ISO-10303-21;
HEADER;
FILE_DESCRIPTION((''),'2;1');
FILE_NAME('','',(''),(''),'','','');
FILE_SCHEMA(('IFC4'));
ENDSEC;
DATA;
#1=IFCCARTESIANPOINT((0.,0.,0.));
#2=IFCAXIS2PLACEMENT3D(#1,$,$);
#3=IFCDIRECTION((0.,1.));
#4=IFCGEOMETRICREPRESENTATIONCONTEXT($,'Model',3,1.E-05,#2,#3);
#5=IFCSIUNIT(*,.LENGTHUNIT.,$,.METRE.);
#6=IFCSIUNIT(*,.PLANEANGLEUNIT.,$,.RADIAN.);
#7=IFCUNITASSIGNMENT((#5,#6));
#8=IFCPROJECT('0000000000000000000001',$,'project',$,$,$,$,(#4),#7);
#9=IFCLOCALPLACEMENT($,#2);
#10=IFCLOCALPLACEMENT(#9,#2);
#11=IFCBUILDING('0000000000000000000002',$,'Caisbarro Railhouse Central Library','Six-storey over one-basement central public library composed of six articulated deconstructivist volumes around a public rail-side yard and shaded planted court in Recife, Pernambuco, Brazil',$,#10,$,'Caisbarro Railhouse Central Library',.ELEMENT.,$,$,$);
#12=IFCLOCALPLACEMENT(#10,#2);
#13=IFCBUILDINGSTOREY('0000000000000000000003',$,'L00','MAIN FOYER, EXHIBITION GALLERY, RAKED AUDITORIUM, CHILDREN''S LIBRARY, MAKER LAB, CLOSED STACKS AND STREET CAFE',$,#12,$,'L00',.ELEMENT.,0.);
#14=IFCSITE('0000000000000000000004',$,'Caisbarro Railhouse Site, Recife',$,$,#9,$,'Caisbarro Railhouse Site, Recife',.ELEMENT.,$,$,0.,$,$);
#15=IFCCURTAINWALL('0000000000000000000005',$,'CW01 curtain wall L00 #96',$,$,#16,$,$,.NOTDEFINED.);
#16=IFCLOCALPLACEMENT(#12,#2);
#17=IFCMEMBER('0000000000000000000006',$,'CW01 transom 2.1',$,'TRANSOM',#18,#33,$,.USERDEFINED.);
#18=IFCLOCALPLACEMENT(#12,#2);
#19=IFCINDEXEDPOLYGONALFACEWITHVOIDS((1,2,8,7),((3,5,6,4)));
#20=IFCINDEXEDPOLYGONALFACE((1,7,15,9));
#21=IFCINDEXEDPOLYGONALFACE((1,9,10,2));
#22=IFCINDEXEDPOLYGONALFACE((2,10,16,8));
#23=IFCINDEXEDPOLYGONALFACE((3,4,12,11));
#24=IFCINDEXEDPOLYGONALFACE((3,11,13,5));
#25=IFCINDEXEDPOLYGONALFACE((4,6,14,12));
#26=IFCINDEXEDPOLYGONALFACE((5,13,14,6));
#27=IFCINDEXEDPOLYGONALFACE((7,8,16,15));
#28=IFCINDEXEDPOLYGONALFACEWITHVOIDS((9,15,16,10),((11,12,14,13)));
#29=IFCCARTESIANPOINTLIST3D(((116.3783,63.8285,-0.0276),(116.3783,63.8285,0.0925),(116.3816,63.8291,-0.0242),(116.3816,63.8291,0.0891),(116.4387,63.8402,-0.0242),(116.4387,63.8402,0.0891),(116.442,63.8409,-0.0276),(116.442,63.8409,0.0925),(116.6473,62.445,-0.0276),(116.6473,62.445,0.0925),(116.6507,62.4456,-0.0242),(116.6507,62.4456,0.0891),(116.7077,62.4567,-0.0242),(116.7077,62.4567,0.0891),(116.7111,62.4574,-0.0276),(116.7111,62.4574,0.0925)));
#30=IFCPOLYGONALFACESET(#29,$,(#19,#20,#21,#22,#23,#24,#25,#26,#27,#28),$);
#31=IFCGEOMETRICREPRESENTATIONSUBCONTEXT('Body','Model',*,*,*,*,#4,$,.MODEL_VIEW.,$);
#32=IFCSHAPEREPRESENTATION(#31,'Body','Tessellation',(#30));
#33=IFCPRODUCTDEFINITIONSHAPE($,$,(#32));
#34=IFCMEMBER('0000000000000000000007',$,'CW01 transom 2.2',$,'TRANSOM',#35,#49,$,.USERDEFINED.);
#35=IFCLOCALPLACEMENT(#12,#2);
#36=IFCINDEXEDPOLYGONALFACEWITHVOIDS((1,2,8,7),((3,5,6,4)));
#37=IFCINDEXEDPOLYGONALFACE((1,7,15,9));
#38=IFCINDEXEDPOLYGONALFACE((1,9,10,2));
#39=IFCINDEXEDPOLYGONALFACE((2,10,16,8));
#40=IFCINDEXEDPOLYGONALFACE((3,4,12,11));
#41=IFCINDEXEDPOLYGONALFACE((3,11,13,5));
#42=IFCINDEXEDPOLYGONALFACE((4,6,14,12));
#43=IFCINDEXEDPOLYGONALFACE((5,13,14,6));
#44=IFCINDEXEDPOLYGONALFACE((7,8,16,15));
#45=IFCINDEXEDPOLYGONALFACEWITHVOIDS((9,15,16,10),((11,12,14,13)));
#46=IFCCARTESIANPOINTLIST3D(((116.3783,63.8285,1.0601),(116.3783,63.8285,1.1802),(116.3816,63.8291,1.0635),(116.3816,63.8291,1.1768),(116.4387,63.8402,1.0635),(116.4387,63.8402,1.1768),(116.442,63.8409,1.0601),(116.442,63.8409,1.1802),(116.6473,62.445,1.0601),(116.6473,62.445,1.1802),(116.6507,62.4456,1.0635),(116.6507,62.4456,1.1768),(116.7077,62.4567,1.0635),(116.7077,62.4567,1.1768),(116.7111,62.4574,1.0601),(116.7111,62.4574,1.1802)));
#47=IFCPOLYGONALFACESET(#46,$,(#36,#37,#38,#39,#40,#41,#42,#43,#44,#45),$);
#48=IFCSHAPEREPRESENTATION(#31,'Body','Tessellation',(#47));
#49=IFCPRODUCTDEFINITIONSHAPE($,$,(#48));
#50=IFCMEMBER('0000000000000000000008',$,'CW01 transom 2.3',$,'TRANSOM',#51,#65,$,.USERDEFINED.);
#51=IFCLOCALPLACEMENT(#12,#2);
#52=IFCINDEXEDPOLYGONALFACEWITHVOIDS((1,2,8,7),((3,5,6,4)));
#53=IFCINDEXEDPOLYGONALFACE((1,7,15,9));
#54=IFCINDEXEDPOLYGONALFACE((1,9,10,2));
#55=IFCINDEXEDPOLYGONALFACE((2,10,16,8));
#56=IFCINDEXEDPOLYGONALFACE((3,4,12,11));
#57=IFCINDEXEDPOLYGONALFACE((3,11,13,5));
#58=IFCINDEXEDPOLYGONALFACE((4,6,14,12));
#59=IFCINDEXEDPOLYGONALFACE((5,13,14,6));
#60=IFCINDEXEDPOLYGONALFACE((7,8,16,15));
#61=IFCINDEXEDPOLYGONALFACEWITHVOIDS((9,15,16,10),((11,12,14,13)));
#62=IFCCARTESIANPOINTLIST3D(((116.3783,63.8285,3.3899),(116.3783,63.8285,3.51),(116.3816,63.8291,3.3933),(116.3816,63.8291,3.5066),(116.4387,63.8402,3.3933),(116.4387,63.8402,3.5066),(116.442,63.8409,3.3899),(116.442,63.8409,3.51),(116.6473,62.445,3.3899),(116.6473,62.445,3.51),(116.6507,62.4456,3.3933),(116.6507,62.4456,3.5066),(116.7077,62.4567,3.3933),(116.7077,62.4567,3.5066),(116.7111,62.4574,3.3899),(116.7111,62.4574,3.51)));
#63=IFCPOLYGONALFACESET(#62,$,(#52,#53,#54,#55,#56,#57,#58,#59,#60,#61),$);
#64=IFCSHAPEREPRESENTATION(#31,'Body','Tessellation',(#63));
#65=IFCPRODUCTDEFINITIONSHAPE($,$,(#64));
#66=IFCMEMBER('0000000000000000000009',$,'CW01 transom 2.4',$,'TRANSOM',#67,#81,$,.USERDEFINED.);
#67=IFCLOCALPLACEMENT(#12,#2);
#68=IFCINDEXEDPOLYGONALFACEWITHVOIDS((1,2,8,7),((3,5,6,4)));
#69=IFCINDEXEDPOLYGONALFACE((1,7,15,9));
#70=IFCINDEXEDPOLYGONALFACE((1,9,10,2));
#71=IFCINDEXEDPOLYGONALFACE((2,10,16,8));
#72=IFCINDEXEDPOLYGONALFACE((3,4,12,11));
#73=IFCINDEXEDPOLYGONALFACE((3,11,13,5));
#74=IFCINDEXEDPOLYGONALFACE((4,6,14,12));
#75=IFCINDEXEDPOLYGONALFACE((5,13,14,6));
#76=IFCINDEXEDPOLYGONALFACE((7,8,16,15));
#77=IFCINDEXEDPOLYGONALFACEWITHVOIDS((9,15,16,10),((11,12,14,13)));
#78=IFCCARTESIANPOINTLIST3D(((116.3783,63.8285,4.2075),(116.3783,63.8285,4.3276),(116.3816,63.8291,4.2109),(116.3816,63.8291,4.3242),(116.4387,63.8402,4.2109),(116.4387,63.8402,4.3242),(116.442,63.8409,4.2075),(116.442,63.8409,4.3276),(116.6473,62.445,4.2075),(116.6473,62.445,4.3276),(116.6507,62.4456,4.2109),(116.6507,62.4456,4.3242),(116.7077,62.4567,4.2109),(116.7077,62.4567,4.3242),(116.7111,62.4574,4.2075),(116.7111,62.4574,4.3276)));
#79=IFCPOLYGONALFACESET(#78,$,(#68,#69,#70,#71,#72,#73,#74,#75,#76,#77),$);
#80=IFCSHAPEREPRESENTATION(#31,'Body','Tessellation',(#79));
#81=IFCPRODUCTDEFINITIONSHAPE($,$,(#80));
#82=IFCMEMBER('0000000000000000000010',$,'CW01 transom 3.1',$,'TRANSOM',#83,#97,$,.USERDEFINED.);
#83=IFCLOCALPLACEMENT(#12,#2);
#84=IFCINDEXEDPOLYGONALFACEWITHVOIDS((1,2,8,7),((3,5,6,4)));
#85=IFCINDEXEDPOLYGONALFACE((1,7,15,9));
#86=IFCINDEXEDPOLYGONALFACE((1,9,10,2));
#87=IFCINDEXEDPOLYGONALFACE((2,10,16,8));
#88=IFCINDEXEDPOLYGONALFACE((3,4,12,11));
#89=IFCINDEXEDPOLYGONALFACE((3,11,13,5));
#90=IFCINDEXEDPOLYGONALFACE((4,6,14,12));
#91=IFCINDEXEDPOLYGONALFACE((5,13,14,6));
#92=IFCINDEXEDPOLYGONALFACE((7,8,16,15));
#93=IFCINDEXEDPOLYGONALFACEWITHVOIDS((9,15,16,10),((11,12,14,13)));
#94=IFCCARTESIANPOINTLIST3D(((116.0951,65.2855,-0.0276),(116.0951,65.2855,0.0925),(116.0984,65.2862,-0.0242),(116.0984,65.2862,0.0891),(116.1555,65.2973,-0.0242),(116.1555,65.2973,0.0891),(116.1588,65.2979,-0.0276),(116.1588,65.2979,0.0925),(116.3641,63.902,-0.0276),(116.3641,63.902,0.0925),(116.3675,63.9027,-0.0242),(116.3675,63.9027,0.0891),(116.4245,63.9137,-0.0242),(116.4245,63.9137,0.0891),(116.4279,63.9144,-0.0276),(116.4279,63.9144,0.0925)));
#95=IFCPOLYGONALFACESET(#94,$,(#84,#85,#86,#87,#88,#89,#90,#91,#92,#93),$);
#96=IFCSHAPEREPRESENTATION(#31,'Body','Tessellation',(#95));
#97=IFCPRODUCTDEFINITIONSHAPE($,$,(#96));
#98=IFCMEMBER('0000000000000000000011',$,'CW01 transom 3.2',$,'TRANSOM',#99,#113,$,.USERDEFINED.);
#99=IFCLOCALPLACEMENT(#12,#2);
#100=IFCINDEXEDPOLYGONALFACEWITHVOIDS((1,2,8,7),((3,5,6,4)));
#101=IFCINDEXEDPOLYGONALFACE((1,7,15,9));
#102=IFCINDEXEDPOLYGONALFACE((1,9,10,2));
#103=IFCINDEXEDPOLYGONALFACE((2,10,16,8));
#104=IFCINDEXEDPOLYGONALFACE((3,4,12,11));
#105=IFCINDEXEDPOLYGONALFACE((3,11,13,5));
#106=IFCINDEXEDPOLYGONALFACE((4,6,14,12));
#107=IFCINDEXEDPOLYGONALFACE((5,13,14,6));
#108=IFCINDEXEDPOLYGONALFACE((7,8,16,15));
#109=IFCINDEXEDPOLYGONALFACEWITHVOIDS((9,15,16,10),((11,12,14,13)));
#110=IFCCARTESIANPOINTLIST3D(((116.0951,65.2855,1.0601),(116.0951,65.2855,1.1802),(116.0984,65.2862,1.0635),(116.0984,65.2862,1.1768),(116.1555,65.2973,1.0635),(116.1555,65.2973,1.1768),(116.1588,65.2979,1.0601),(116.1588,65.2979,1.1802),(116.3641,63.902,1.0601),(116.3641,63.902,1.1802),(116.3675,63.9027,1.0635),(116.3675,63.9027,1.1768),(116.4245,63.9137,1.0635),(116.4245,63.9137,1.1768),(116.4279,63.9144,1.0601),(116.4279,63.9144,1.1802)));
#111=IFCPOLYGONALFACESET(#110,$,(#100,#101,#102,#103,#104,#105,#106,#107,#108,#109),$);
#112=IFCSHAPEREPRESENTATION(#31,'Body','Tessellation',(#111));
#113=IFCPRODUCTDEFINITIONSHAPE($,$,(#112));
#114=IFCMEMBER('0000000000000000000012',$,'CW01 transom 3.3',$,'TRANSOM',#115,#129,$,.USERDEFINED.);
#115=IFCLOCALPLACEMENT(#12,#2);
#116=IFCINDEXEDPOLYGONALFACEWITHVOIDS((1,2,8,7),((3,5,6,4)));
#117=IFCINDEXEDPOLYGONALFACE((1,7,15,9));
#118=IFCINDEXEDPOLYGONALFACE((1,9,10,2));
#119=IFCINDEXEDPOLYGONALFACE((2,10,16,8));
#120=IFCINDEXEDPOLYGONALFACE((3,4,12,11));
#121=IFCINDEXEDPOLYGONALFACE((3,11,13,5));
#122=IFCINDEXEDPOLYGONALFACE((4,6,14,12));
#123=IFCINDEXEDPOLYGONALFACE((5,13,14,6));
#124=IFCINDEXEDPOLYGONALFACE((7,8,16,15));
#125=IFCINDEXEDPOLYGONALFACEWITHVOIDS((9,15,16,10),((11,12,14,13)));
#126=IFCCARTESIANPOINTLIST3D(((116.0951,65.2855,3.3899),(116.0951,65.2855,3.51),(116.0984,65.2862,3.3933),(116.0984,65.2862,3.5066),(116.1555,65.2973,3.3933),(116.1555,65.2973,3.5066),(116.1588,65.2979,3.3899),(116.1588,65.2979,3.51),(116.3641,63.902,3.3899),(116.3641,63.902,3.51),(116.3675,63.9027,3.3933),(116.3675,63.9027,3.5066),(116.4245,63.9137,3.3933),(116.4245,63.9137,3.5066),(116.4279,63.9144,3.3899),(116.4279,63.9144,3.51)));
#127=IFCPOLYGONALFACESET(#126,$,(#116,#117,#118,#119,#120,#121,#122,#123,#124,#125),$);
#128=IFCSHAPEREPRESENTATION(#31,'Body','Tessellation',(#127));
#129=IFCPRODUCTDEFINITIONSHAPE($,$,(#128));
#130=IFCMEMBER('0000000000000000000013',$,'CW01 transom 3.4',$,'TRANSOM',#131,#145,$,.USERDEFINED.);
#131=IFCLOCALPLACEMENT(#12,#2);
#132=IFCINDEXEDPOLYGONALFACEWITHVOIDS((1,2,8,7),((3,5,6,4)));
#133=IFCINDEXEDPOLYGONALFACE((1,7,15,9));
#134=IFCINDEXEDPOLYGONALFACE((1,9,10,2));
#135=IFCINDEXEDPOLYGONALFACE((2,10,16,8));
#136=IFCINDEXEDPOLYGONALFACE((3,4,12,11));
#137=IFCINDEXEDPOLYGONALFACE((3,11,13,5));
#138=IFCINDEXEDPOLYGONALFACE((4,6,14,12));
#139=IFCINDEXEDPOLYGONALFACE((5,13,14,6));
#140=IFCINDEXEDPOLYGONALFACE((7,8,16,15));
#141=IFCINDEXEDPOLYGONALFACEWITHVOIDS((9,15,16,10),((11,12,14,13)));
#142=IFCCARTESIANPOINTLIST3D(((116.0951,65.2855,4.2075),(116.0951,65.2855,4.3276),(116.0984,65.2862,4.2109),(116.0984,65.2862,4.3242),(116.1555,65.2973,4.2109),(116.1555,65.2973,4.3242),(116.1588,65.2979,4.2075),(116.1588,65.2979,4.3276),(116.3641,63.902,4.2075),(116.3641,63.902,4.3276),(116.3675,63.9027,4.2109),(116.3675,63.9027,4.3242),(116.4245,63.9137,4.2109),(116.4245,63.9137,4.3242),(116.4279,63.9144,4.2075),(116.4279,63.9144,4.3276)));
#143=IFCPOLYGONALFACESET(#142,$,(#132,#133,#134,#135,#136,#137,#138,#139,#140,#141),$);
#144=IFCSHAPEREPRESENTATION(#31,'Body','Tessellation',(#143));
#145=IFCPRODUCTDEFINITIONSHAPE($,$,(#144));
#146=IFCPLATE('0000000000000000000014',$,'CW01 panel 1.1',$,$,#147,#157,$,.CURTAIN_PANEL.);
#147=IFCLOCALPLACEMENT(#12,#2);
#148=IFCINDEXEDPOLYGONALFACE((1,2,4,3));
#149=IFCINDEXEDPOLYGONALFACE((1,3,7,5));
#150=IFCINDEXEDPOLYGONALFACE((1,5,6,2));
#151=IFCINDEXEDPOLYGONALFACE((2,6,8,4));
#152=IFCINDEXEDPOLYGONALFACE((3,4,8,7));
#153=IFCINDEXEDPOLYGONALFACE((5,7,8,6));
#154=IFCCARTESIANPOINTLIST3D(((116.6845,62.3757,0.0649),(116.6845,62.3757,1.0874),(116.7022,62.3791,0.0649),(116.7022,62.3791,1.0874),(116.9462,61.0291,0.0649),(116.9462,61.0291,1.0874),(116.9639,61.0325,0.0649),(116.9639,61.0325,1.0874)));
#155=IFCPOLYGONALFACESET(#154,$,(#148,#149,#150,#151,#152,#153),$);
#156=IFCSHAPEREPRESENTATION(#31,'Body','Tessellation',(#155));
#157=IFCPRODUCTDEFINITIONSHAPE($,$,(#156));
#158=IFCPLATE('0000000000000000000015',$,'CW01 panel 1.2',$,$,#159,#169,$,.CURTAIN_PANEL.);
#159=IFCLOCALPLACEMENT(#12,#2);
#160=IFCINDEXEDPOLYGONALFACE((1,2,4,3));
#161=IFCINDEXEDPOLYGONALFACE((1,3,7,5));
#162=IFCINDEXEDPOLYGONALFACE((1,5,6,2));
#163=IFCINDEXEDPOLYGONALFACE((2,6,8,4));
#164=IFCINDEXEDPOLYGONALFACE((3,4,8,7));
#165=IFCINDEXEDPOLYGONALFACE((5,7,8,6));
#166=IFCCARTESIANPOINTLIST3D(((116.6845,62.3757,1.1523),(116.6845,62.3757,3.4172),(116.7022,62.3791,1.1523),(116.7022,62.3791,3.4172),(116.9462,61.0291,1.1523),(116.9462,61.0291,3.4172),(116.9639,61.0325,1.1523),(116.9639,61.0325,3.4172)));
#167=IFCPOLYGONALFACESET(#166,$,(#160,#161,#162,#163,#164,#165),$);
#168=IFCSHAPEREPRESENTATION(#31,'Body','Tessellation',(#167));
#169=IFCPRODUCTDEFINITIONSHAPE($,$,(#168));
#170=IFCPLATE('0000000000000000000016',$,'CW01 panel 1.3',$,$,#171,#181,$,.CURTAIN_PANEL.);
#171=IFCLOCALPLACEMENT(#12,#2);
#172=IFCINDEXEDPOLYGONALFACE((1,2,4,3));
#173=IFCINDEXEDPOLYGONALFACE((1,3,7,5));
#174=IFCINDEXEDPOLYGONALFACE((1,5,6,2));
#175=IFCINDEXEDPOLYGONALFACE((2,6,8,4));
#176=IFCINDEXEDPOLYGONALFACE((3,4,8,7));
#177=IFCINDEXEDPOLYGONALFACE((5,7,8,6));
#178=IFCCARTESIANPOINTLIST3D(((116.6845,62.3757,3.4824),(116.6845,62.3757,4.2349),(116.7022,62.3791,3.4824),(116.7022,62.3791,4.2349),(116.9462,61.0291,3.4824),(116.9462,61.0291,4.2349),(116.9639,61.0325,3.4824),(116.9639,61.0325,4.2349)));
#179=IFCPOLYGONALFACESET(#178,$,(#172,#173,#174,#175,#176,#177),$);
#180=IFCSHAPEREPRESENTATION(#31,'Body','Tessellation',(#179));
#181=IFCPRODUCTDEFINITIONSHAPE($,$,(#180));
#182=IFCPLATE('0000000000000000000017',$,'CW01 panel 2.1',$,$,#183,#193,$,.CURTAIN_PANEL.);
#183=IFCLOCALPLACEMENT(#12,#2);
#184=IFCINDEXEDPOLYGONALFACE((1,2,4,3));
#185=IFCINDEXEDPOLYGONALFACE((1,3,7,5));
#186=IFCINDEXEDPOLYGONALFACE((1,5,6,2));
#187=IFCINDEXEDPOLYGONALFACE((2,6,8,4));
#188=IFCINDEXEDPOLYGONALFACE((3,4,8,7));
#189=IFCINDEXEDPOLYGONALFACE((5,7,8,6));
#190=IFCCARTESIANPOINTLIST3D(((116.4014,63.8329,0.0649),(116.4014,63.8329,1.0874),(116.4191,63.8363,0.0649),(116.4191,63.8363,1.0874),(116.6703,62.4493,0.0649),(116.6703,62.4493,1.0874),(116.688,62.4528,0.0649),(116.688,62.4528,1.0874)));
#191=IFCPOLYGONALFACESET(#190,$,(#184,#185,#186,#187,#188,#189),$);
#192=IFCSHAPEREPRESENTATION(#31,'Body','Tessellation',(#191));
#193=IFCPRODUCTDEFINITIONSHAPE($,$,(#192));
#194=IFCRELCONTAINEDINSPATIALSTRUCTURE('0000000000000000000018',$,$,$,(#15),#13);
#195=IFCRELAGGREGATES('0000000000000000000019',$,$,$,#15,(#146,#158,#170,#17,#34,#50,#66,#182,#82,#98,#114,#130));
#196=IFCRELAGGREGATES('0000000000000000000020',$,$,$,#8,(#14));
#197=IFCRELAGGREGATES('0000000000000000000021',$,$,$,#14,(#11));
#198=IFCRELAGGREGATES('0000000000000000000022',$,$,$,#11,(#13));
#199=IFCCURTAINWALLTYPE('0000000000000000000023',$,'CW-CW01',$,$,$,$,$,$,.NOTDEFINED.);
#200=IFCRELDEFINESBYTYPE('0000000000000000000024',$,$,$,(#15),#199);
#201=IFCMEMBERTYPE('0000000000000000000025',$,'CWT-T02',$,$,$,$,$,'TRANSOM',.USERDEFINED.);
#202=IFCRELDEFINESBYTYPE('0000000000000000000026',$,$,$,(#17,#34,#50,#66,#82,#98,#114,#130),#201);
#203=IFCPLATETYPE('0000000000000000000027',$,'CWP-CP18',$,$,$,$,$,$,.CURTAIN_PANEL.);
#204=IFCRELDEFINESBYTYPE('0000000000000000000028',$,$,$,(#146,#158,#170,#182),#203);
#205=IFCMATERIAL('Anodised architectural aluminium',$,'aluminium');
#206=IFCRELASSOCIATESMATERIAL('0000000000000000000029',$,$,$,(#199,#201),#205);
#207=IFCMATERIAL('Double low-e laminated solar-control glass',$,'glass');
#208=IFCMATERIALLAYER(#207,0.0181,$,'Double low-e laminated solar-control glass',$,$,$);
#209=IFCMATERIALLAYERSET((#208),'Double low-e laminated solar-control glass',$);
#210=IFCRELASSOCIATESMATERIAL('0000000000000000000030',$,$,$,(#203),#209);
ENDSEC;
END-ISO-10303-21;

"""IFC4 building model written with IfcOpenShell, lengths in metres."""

from ifc_helpers import new_model, si_unit, direction, frame, origin, origin_2d, place, context, subcontext, project, spatial, rectangle, hollow_rectangle, extrude, material, layer, layer_set, material_profile, profile_set, type_object, element, aggregate, save


model = new_model("IFC4")

# Units and contexts
model_context = context("Model", 3, precision=1e-05, world=origin(), true_north=direction((0.0, 1.0)))
body_context = subcontext(model_context, "Body", "Model", "MODEL_VIEW")
ifc_project = project(units=[si_unit("LENGTHUNIT", "METRE"), si_unit("PLANEANGLEUNIT", "RADIAN")], contexts=[model_context])

# Site, building, storey
site_placement = place(None, origin())
site = spatial("IfcSite", under=ifc_project, at=site_placement, Name="Caisbarro Railhouse Site, Recife", LongName="Caisbarro Railhouse Site, Recife", CompositionType="ELEMENT", RefElevation=0.0)
building_placement = place(site_placement, origin())
building = spatial("IfcBuilding", under=site, at=building_placement, Name="Caisbarro Railhouse Central Library", Description="Six-storey over one-basement central public library composed of six articulated deconstructivist volumes around a public rail-side yard and shaded planted court in Recife, Pernambuco, Brazil", LongName="Caisbarro Railhouse Central Library", CompositionType="ELEMENT")
storey_placement = place(building_placement, origin())
storey = spatial("IfcBuildingStorey", under=building, at=storey_placement, Name="L00", Description="MAIN FOYER, EXHIBITION GALLERY, RAKED AUDITORIUM, CHILDREN'S LIBRARY, MAKER LAB, CLOSED STACKS AND STREET CAFE", LongName="L00", CompositionType="ELEMENT", Elevation=0.0)

# Curtain wall, members, plates
ifc_material_1 = material(Name="Anodised architectural aluminium", Category="aluminium")
curtain_wall_type = type_object("IfcCurtainWallType", Name="CW-CW01", PredefinedType="NOTDEFINED", material=ifc_material_1)
curtain_wall_placement = place(storey_placement, origin())
curtain_wall = element("IfcCurtainWall", 1, at=curtain_wall_placement, inside=storey, type_object=curtain_wall_type, Name="CW01 curtain wall L00 #96", PredefinedType="NOTDEFINED")
ifc_material_profile_1 = material_profile(ifc_material_1, hollow_rectangle(XDim=0.0649, YDim=0.1201, WallThickness=0.0034, at=origin_2d()), Name="ALU-TRN-65X120")
ifc_profile_set_1 = profile_set([ifc_material_profile_1], Name="Anodised architectural aluminium")
member_type_1 = type_object("IfcMemberType", Name="CWT-T02", ElementType="TRANSOM", PredefinedType="USERDEFINED", material=ifc_profile_set_1)
member_1_placement = place(storey_placement, frame((116.6792, 62.4512, 0.0325), z_axis=(-0.190884, 0.981613, 0.0), x_axis=(-0.981613, -0.190884, 0.0)))
member_1 = element("IfcMember", 2, at=member_1_placement, type_object=member_type_1, Name="CW01 transom 2.1", ObjectType="TRANSOM", PredefinedType="USERDEFINED", context=body_context, shape_type="SweptSolid", body=[
    extrude(hollow_rectangle(XDim=0.0649, YDim=0.1201, WallThickness=0.0034, at=origin_2d()), origin(), (0.0, 0.0, 1.0), 1.4094),
])
member_2_placement = place(storey_placement, frame((116.6792, 62.4512, 1.1201), z_axis=(-0.190884, 0.981613, 0.0), x_axis=(-0.981613, -0.190884, 0.0)))
member_2 = element("IfcMember", 3, at=member_2_placement, type_object=member_type_1, Name="CW01 transom 2.2", ObjectType="TRANSOM", PredefinedType="USERDEFINED", context=body_context, shape_type="SweptSolid", body=[
    extrude(hollow_rectangle(XDim=0.0649, YDim=0.1201, WallThickness=0.0034, at=origin_2d()), origin(), (0.0, 0.0, 1.0), 1.4094),
])
member_3_placement = place(storey_placement, frame((116.6792, 62.4512, 3.45), z_axis=(-0.190884, 0.981613, 0.0), x_axis=(-0.981613, -0.190884, 0.0)))
member_3 = element("IfcMember", 4, at=member_3_placement, type_object=member_type_1, Name="CW01 transom 2.3", ObjectType="TRANSOM", PredefinedType="USERDEFINED", context=body_context, shape_type="SweptSolid", body=[
    extrude(hollow_rectangle(XDim=0.0649, YDim=0.1201, WallThickness=0.0034, at=origin_2d()), origin(), (0.0, 0.0, 1.0), 1.4094),
])
member_4_placement = place(storey_placement, frame((116.6792, 62.4512, 4.2676), z_axis=(-0.190884, 0.981613, 0.0), x_axis=(-0.981613, -0.190884, 0.0)))
member_4 = element("IfcMember", 5, at=member_4_placement, type_object=member_type_1, Name="CW01 transom 2.4", ObjectType="TRANSOM", PredefinedType="USERDEFINED", context=body_context, shape_type="SweptSolid", body=[
    extrude(hollow_rectangle(XDim=0.0649, YDim=0.1201, WallThickness=0.0034, at=origin_2d()), origin(), (0.0, 0.0, 1.0), 1.4094),
])
member_5_placement = place(storey_placement, frame((116.396, 63.9082, 0.0325), z_axis=(-0.190884, 0.981613, 0.0), x_axis=(-0.981613, -0.190884, 0.0)))
member_5 = element("IfcMember", 6, at=member_5_placement, type_object=member_type_1, Name="CW01 transom 3.1", ObjectType="TRANSOM", PredefinedType="USERDEFINED", context=body_context, shape_type="SweptSolid", body=[
    extrude(hollow_rectangle(XDim=0.0649, YDim=0.1201, WallThickness=0.0034, at=origin_2d()), origin(), (0.0, 0.0, 1.0), 1.4094),
])
member_6_placement = place(storey_placement, frame((116.396, 63.9082, 1.1201), z_axis=(-0.190884, 0.981613, 0.0), x_axis=(-0.981613, -0.190884, 0.0)))
member_6 = element("IfcMember", 7, at=member_6_placement, type_object=member_type_1, Name="CW01 transom 3.2", ObjectType="TRANSOM", PredefinedType="USERDEFINED", context=body_context, shape_type="SweptSolid", body=[
    extrude(hollow_rectangle(XDim=0.0649, YDim=0.1201, WallThickness=0.0034, at=origin_2d()), origin(), (0.0, 0.0, 1.0), 1.4094),
])
member_7_placement = place(storey_placement, frame((116.396, 63.9082, 3.45), z_axis=(-0.190884, 0.981613, 0.0), x_axis=(-0.981613, -0.190884, 0.0)))
member_7 = element("IfcMember", 8, at=member_7_placement, type_object=member_type_1, Name="CW01 transom 3.3", ObjectType="TRANSOM", PredefinedType="USERDEFINED", context=body_context, shape_type="SweptSolid", body=[
    extrude(hollow_rectangle(XDim=0.0649, YDim=0.1201, WallThickness=0.0034, at=origin_2d()), origin(), (0.0, 0.0, 1.0), 1.4094),
])
member_8_placement = place(storey_placement, frame((116.396, 63.9082, 4.2676), z_axis=(-0.190884, 0.981613, 0.0), x_axis=(-0.981613, -0.190884, 0.0)))
member_8 = element("IfcMember", 9, at=member_8_placement, type_object=member_type_1, Name="CW01 transom 3.4", ObjectType="TRANSOM", PredefinedType="USERDEFINED", context=body_context, shape_type="SweptSolid", body=[
    extrude(hollow_rectangle(XDim=0.0649, YDim=0.1201, WallThickness=0.0034, at=origin_2d()), origin(), (0.0, 0.0, 1.0), 1.4094),
])
ifc_material_2 = material(Name="Double low-e laminated solar-control glass", Category="glass")
ifc_layer_1 = layer(ifc_material_2, 0.0181, Name="Double low-e laminated solar-control glass")
ifc_layer_set_1 = layer_set([ifc_layer_1], Name="Double low-e laminated solar-control glass")
plate_type = type_object("IfcPlateType", Name="CWP-CP18", PredefinedType="CURTAIN_PANEL", material=ifc_layer_set_1)
plate_1_placement = place(storey_placement, frame((116.8242, 61.7041, 0.0649), z_axis=(0.0, 0.0, 1.0), x_axis=(-0.190781, 0.981633, 0.0)))
plate_1 = element("IfcPlate", 10, at=plate_1_placement, type_object=plate_type, Name="CW01 panel 1.1", PredefinedType="CURTAIN_PANEL", context=body_context, shape_type="SweptSolid", body=[
    extrude(rectangle(XDim=1.3718, YDim=0.0181, at=origin_2d()), origin(), (0.0, 0.0, 1.0), 1.0225),
])
plate_2_placement = place(storey_placement, frame((116.8242, 61.7041, 1.1523), z_axis=(0.0, 0.0, 1.0), x_axis=(-0.190781, 0.981633, 0.0)))
plate_2 = element("IfcPlate", 11, at=plate_2_placement, type_object=plate_type, Name="CW01 panel 1.2", PredefinedType="CURTAIN_PANEL", context=body_context, shape_type="SweptSolid", body=[
    extrude(rectangle(XDim=1.3718, YDim=0.0181, at=origin_2d()), origin(), (0.0, 0.0, 1.0), 2.2649),
])
plate_3_placement = place(storey_placement, frame((116.8242, 61.7041, 3.4824), z_axis=(0.0, 0.0, 1.0), x_axis=(-0.190781, 0.981633, 0.0)))
plate_3 = element("IfcPlate", 12, at=plate_3_placement, type_object=plate_type, Name="CW01 panel 1.3", PredefinedType="CURTAIN_PANEL", context=body_context, shape_type="SweptSolid", body=[
    extrude(rectangle(XDim=1.3718, YDim=0.0181, at=origin_2d()), origin(), (0.0, 0.0, 1.0), 0.7524),
])
plate_4_placement = place(storey_placement, frame((116.5447, 63.1428, 0.0649), z_axis=(0.0, 0.0, 1.0), x_axis=(-0.190781, 0.981633, 0.0)))
plate_4 = element("IfcPlate", 13, at=plate_4_placement, type_object=plate_type, Name="CW01 panel 2.1", PredefinedType="CURTAIN_PANEL", context=body_context, shape_type="SweptSolid", body=[
    extrude(rectangle(XDim=1.4094, YDim=0.0181, at=origin_2d()), origin(), (0.0, 0.0, 1.0), 1.0225),
])
aggregate(curtain_wall, [plate_1, plate_2, plate_3, member_1, member_2, member_3, member_4, plate_4, member_5, member_6, member_7, member_8])

save(model, "model.ifc")
